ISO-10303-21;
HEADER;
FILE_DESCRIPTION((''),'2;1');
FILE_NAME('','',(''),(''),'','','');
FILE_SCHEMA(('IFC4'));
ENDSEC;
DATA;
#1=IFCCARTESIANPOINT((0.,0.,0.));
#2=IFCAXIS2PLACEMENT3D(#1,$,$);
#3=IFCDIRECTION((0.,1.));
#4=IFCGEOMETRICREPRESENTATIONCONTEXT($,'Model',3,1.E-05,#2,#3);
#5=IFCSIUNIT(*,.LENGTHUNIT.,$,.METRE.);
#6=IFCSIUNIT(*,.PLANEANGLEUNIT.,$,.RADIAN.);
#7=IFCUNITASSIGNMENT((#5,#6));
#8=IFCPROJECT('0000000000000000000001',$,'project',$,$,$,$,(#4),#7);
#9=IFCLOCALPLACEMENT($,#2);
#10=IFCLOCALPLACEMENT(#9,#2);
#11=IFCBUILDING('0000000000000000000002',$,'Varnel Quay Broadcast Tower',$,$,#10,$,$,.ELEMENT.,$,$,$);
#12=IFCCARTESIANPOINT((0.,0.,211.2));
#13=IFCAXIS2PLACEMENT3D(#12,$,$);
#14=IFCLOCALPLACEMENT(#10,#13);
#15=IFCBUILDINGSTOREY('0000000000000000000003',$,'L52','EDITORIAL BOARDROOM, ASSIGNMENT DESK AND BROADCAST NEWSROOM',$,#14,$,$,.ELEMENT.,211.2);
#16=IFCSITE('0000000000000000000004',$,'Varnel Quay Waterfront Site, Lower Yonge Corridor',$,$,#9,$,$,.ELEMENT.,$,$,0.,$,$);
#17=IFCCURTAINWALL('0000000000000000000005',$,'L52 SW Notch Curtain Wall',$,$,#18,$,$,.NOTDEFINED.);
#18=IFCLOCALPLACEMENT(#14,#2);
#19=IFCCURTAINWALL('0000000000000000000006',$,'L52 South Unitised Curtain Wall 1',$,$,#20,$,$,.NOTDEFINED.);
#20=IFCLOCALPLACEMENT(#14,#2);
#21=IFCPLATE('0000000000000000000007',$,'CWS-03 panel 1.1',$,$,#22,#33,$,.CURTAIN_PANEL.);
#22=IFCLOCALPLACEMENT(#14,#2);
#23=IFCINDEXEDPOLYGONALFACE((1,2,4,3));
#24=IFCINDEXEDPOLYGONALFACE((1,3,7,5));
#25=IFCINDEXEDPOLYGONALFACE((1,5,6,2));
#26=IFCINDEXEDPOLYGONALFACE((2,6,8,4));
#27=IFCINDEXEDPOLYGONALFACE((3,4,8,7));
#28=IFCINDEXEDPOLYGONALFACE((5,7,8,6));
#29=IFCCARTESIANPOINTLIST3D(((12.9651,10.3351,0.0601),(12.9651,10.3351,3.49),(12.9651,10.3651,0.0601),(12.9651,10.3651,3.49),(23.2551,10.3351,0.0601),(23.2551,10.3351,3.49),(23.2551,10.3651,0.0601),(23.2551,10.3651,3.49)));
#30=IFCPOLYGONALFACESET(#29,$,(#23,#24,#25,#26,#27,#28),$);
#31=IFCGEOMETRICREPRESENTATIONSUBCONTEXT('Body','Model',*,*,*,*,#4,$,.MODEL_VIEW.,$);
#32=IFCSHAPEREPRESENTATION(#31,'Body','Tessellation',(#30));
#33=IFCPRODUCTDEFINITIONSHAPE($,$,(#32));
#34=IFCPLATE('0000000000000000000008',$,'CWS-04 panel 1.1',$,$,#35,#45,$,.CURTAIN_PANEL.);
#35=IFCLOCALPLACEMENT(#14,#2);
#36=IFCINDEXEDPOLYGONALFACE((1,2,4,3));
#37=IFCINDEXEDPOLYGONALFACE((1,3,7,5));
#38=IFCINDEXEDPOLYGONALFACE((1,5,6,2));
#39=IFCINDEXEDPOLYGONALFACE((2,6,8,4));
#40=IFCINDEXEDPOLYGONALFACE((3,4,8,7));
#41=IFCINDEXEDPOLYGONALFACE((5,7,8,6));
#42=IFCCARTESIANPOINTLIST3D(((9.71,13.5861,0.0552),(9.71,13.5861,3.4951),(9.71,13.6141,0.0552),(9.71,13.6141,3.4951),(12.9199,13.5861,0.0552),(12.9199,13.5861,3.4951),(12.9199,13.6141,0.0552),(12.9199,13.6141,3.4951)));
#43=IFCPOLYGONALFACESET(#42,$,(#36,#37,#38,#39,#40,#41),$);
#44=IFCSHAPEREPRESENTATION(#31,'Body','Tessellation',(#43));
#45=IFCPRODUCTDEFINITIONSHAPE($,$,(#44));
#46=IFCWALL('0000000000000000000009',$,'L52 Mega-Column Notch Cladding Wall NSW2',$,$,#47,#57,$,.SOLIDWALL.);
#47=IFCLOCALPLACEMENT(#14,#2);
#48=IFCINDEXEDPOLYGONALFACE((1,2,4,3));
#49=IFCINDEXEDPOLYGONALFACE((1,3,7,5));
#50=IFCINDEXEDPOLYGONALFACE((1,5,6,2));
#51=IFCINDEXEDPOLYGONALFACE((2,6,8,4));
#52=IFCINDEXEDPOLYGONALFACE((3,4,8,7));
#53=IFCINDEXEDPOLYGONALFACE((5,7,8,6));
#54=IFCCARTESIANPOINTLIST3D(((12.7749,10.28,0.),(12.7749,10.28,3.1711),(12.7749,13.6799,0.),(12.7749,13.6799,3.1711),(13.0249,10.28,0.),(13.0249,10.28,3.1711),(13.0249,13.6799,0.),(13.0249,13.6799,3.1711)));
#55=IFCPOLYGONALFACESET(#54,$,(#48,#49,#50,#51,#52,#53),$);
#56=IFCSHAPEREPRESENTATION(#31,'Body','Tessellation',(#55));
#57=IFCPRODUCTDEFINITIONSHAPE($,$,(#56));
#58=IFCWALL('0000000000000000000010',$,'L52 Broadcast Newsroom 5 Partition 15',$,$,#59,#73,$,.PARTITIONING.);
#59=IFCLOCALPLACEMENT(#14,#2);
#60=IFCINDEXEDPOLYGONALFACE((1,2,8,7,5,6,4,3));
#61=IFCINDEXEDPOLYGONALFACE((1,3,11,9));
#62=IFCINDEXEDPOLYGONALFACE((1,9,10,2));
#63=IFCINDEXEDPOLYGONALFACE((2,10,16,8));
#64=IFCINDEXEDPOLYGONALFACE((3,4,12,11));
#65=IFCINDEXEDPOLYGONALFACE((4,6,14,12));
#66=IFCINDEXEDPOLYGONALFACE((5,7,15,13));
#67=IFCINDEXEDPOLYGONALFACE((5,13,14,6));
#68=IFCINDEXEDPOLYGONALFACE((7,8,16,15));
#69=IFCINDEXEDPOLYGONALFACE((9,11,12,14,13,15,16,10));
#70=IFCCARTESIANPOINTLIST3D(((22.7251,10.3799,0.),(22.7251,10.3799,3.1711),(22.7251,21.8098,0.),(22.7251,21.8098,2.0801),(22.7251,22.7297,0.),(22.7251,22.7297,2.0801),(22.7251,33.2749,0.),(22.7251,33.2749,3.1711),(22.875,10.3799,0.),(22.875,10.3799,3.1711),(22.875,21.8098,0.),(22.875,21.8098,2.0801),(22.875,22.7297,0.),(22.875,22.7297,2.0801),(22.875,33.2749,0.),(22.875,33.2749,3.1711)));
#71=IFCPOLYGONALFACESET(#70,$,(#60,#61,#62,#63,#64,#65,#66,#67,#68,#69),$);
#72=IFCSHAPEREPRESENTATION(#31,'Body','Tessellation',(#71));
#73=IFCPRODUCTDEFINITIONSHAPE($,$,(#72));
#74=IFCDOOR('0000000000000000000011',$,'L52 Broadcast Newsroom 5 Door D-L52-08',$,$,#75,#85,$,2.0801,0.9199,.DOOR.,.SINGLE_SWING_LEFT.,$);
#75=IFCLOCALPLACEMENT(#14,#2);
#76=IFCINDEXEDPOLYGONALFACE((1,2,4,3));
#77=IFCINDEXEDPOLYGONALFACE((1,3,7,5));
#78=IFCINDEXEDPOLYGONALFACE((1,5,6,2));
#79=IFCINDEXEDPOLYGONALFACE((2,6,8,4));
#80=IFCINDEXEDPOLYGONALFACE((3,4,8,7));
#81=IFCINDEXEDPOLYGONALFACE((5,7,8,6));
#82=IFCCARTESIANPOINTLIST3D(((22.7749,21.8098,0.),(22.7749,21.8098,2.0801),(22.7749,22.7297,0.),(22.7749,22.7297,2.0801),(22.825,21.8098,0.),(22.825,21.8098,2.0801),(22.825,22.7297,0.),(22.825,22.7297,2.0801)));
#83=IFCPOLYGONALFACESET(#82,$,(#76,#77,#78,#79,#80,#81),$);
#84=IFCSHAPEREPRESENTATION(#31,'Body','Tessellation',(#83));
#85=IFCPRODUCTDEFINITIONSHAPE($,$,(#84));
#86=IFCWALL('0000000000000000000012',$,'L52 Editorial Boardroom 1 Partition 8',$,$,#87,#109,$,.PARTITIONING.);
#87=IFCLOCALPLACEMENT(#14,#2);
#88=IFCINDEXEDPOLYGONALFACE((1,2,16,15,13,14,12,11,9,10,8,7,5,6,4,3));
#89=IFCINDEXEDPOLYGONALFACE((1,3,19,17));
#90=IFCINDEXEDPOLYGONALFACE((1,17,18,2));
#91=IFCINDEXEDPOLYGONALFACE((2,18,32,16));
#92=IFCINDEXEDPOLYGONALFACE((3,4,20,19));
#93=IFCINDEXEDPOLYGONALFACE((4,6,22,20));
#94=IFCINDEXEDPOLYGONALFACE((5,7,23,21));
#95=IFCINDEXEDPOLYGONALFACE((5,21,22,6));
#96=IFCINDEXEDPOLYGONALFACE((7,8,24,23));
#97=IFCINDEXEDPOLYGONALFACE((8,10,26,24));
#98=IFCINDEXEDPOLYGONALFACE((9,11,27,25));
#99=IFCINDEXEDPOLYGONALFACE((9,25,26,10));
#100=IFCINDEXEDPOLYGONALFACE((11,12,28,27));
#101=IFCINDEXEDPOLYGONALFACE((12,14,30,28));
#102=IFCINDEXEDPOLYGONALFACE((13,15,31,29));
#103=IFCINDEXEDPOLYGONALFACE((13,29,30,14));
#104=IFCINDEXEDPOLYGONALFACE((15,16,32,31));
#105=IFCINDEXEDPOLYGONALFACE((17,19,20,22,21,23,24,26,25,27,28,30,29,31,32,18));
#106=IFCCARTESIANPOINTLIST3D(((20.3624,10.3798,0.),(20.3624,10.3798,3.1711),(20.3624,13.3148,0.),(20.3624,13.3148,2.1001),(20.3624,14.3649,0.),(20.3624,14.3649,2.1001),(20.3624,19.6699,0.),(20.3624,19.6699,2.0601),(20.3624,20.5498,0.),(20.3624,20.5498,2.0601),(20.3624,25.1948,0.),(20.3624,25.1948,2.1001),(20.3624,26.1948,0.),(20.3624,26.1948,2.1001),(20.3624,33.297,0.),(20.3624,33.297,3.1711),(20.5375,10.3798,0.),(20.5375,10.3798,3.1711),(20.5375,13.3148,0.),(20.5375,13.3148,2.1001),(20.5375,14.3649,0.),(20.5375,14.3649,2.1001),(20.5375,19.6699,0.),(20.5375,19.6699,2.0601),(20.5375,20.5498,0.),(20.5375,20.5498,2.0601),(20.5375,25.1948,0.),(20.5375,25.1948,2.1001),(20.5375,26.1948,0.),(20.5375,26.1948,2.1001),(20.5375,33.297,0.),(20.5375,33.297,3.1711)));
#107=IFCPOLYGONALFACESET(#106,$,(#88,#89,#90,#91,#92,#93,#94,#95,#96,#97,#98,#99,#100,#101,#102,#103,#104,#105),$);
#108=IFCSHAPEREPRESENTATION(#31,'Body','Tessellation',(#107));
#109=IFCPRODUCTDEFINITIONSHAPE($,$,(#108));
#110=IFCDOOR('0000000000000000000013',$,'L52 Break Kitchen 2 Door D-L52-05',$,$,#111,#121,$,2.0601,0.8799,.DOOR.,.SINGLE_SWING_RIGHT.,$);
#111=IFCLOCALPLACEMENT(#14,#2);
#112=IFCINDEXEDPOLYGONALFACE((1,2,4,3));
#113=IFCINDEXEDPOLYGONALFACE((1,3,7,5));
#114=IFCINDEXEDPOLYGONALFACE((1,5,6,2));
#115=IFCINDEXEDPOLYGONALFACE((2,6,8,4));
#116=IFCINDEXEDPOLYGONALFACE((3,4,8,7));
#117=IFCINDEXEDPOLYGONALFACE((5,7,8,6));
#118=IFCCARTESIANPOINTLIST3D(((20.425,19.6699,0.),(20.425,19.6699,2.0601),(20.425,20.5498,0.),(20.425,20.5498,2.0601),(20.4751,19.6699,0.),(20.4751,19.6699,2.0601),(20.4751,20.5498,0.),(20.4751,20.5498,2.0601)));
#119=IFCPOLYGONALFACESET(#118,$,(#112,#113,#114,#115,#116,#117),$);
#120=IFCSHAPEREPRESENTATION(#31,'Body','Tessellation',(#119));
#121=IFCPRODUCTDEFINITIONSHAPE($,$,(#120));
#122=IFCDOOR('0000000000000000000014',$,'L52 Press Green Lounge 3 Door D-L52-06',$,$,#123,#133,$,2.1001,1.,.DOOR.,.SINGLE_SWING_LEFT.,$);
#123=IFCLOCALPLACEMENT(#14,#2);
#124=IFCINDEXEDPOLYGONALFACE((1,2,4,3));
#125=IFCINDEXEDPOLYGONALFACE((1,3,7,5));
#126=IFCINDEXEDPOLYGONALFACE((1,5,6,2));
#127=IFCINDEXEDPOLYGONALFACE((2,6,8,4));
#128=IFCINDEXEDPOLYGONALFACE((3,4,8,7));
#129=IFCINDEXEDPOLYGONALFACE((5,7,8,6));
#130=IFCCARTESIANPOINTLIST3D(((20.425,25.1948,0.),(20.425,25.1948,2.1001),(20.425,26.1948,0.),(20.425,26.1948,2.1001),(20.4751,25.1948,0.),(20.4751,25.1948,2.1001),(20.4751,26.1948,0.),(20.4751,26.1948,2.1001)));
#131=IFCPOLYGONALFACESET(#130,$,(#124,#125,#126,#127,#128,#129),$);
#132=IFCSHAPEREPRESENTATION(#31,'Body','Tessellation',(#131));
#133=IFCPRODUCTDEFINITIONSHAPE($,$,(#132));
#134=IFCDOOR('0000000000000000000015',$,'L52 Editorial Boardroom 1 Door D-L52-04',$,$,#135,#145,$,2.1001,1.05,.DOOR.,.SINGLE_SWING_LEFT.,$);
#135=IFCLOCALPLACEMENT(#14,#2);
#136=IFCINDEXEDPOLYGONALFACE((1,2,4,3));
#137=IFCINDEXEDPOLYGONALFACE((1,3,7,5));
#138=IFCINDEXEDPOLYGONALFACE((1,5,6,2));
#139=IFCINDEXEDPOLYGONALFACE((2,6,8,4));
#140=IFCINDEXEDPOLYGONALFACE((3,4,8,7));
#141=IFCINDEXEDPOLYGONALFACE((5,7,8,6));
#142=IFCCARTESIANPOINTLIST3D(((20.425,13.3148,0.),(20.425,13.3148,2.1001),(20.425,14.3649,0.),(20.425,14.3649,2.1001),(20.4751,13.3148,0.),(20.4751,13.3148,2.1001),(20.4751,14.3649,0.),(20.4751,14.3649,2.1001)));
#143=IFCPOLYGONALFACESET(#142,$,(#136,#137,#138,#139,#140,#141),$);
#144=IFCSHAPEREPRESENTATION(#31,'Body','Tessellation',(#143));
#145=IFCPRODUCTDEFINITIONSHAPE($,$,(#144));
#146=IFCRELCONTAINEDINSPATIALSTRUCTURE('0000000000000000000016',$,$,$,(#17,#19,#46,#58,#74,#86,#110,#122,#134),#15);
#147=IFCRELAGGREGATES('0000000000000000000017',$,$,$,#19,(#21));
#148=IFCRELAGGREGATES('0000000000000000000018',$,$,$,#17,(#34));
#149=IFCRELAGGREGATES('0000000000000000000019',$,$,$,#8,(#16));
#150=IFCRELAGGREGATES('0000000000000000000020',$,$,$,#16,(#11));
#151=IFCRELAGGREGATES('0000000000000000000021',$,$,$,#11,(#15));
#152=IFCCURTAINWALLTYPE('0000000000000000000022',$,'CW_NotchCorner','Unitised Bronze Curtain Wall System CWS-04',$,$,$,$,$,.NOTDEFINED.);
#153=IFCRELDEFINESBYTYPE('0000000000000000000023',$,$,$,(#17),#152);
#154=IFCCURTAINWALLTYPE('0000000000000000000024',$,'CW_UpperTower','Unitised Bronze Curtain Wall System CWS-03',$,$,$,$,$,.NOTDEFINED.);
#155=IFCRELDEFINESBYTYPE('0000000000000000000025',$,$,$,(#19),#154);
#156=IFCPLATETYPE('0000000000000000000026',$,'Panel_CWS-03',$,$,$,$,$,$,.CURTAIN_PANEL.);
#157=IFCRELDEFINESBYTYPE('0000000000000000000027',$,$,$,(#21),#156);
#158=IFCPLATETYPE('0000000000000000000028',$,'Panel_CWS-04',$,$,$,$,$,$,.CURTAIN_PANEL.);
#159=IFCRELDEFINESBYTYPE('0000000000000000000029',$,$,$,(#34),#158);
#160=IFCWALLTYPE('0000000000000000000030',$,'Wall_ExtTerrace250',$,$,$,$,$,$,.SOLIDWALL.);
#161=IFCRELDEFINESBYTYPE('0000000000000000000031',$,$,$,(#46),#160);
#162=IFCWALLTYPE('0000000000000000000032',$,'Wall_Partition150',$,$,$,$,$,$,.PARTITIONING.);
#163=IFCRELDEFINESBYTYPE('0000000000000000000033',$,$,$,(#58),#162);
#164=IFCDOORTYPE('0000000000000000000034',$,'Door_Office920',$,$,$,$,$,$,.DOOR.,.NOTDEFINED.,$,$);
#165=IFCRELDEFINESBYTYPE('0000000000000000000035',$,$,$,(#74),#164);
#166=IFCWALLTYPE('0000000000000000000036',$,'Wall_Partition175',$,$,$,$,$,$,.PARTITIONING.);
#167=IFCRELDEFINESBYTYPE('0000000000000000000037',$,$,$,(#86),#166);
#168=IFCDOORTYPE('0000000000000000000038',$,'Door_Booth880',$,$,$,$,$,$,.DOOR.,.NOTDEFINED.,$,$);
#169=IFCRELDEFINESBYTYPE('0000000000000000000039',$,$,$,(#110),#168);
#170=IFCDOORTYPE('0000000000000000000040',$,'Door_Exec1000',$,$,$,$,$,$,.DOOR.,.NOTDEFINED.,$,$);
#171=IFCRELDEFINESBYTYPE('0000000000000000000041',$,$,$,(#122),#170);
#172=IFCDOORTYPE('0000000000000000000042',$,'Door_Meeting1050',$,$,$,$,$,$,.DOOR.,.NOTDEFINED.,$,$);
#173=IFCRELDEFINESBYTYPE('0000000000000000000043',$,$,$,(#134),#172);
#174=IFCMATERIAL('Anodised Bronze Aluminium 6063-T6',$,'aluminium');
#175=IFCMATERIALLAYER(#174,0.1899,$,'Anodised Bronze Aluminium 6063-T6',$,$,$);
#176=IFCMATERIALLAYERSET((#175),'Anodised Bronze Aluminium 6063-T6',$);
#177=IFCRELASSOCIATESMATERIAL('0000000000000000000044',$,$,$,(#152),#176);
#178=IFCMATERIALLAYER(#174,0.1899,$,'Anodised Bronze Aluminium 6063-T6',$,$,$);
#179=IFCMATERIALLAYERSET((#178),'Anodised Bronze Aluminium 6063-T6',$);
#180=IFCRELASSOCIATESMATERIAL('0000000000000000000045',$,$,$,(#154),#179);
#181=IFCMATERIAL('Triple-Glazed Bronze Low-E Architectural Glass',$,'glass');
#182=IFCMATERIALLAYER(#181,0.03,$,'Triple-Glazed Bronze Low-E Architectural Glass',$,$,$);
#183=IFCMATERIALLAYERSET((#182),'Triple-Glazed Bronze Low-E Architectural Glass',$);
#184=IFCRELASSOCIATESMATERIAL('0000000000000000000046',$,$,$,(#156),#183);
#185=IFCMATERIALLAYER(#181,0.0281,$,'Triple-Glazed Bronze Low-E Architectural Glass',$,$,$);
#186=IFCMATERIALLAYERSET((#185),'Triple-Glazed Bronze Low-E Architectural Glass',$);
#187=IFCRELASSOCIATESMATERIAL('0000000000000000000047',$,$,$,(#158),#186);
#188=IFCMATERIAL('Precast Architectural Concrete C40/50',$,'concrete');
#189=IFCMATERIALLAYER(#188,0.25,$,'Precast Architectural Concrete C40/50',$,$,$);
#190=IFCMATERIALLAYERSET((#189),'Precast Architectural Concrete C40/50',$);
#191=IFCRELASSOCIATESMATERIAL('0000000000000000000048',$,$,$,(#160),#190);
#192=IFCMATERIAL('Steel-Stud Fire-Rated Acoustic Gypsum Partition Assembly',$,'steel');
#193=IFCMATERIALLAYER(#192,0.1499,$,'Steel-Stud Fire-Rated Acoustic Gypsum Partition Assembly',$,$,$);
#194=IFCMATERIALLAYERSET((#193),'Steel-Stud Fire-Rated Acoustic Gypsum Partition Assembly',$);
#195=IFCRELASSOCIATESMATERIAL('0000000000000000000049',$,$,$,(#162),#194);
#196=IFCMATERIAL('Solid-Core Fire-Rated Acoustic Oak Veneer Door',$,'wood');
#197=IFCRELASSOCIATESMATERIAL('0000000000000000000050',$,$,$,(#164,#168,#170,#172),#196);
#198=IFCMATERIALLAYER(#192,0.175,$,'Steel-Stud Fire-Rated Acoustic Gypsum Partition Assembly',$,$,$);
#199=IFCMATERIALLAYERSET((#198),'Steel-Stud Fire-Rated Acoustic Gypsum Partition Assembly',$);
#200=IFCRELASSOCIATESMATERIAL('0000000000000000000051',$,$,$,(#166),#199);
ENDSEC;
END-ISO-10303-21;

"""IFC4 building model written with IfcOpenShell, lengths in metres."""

from ifc_helpers import new_model, si_unit, direction, frame, frame_2d, origin, origin_2d, place, context, subcontext, project, spatial, rectangle, extrude, source, transform, mapped, material, layer, layer_set, type_object, type_shapes, element, fill, aggregate, save


model = new_model("IFC4")

# Units and contexts
model_context = context("Model", 3, precision=1e-05, world=origin(), true_north=direction((0.0, 1.0)))
body_context = subcontext(model_context, "Body", "Model", "MODEL_VIEW")
ifc_project = project(units=[si_unit("LENGTHUNIT", "METRE"), si_unit("PLANEANGLEUNIT", "RADIAN")], contexts=[model_context])

# Site, building, storey
site_placement = place(None, origin())
site = spatial("IfcSite", under=ifc_project, at=site_placement, Name="Varnel Quay Waterfront Site, Lower Yonge Corridor", CompositionType="ELEMENT", RefElevation=0.0)
building_placement = place(site_placement, origin())
building = spatial("IfcBuilding", under=site, at=building_placement, Name="Varnel Quay Broadcast Tower", CompositionType="ELEMENT")
storey_placement = place(building_placement, frame((0.0, 0.0, 211.2)))
storey = spatial("IfcBuildingStorey", under=building, at=storey_placement, Name="L52", Description="EDITORIAL BOARDROOM, ASSIGNMENT DESK AND BROADCAST NEWSROOM", CompositionType="ELEMENT", Elevation=211.2)

# Curtain wall
ifc_material_1 = material(Name="Anodised Bronze Aluminium 6063-T6", Category="aluminium")
ifc_layer_1 = layer(ifc_material_1, 0.1899, Name="Anodised Bronze Aluminium 6063-T6")
ifc_layer_set_1 = layer_set([ifc_layer_1], Name="Anodised Bronze Aluminium 6063-T6")
curtain_wall_type_1 = type_object("IfcCurtainWallType", Name="CW_NotchCorner", Description="Unitised Bronze Curtain Wall System CWS-04", PredefinedType="NOTDEFINED", material=ifc_layer_set_1)
curtain_wall_1_placement = place(storey_placement, origin())
curtain_wall_1 = element("IfcCurtainWall", 1, at=curtain_wall_1_placement, inside=storey, type_object=curtain_wall_type_1, Name="L52 SW Notch Curtain Wall", PredefinedType="NOTDEFINED")

# Curtain wall
ifc_layer_2 = layer(ifc_material_1, 0.1899, Name="Anodised Bronze Aluminium 6063-T6")
ifc_layer_set_2 = layer_set([ifc_layer_2], Name="Anodised Bronze Aluminium 6063-T6")
curtain_wall_type_2 = type_object("IfcCurtainWallType", Name="CW_UpperTower", Description="Unitised Bronze Curtain Wall System CWS-03", PredefinedType="NOTDEFINED", material=ifc_layer_set_2)
curtain_wall_2_placement = place(storey_placement, origin())
curtain_wall_2 = element("IfcCurtainWall", 2, at=curtain_wall_2_placement, inside=storey, type_object=curtain_wall_type_2, Name="L52 South Unitised Curtain Wall 1", PredefinedType="NOTDEFINED")

# Plates
ifc_material_2 = material(Name="Triple-Glazed Bronze Low-E Architectural Glass", Category="glass")
ifc_layer_3 = layer(ifc_material_2, 0.03, Name="Triple-Glazed Bronze Low-E Architectural Glass")
ifc_layer_set_3 = layer_set([ifc_layer_3], Name="Triple-Glazed Bronze Low-E Architectural Glass")
plate_type_1 = type_object("IfcPlateType", Name="Panel_CWS-03", PredefinedType="CURTAIN_PANEL", material=ifc_layer_set_3)
shared_shape_1 = source(origin(), body_context, "Body", "SweptSolid", [
    extrude(rectangle(XDim=10.29, YDim=0.03, at=origin_2d()), origin(), (0.0, 0.0, 1.0), 3.4299),
])
type_shapes(plate_type_1, [shared_shape_1])
plate_1_placement = place(storey_placement, frame((18.1101, 10.3501, 0.0601), z_axis=(0.0, 0.0, 1.0), x_axis=(1.0, 0.0, 0.0)))
plate_1 = element("IfcPlate", 3, at=plate_1_placement, type_object=plate_type_1, Name="CWS-03 panel 1.1", PredefinedType="CURTAIN_PANEL", context=body_context, shape_type="MappedRepresentation", body=[
    mapped(shared_shape_1, transform((0.0, 0.0, 0.0), x_axis=(1.0, 0.0, 0.0), y_axis=(0.0, 1.0, 0.0), z_axis=(0.0, 0.0, 1.0), scale=1.0)),
])
aggregate(curtain_wall_2, [plate_1])
ifc_layer_4 = layer(ifc_material_2, 0.0281, Name="Triple-Glazed Bronze Low-E Architectural Glass")
ifc_layer_set_4 = layer_set([ifc_layer_4], Name="Triple-Glazed Bronze Low-E Architectural Glass")
plate_type_2 = type_object("IfcPlateType", Name="Panel_CWS-04", PredefinedType="CURTAIN_PANEL", material=ifc_layer_set_4)
shared_shape_2 = source(origin(), body_context, "Body", "SweptSolid", [
    extrude(rectangle(XDim=3.21, YDim=0.0281, at=origin_2d()), origin(), (0.0, 0.0, 1.0), 3.4399),
])
type_shapes(plate_type_2, [shared_shape_2])
plate_2_placement = place(storey_placement, frame((11.3149, 13.6001, 0.0552), z_axis=(0.0, 0.0, 1.0), x_axis=(1.0, 0.0, 0.0)))
plate_2 = element("IfcPlate", 4, at=plate_2_placement, type_object=plate_type_2, Name="CWS-04 panel 1.1", PredefinedType="CURTAIN_PANEL", context=body_context, shape_type="MappedRepresentation", body=[
    mapped(shared_shape_2, transform((0.0, 0.0, 0.0), x_axis=(1.0, 0.0, 0.0), y_axis=(0.0, 1.0, 0.0), z_axis=(0.0, 0.0, 1.0), scale=1.0)),
])
aggregate(curtain_wall_1, [plate_2])

# Shared definitions
ifc_material_3 = material(Name="Precast Architectural Concrete C40/50", Category="concrete")
ifc_layer_5 = layer(ifc_material_3, 0.25, Name="Precast Architectural Concrete C40/50")
ifc_layer_set_5 = layer_set([ifc_layer_5], Name="Precast Architectural Concrete C40/50")
wall_type_1 = type_object("IfcWallType", Name="Wall_ExtTerrace250", PredefinedType="SOLIDWALL", material=ifc_layer_set_5)

# Wall
wall_1_placement = place(storey_placement, frame((12.8999, 10.28, 0.0), z_axis=(0.0, 0.0, 1.0), x_axis=(0.0, 1.0, 0.0)))
element("IfcWall", 5, at=wall_1_placement, inside=storey, type_object=wall_type_1, Name="L52 Mega-Column Notch Cladding Wall NSW2", PredefinedType="SOLIDWALL", context=body_context, shape_type="SweptSolid", body=[
    extrude(rectangle(XDim=3.3999, YDim=0.25, at=frame_2d((1.7, 0.0))), origin(), (0.0, 0.0, 1.0), 3.1711),
])

# Wall, opening, door
ifc_material_4 = material(Name="Steel-Stud Fire-Rated Acoustic Gypsum Partition Assembly", Category="steel")
ifc_layer_6 = layer(ifc_material_4, 0.1499, Name="Steel-Stud Fire-Rated Acoustic Gypsum Partition Assembly")
ifc_layer_set_6 = layer_set([ifc_layer_6], Name="Steel-Stud Fire-Rated Acoustic Gypsum Partition Assembly")
wall_type_2 = type_object("IfcWallType", Name="Wall_Partition150", PredefinedType="PARTITIONING", material=ifc_layer_set_6)
wall_2_placement = place(storey_placement, frame((22.8, 10.3799, 0.0), z_axis=(0.0, 0.0, 1.0), x_axis=(0.0, 1.0, 0.0)))
wall_2 = element("IfcWall", 6, at=wall_2_placement, inside=storey, type_object=wall_type_2, Name="L52 Broadcast Newsroom 5 Partition 15", PredefinedType="PARTITIONING", context=body_context, shape_type="SweptSolid", body=[
    extrude(rectangle(XDim=22.895, YDim=0.1499, at=frame_2d((11.4475, 0.0))), origin(), (0.0, 0.0, 1.0), 3.1711),
])
opening_1_placement = place(wall_2_placement, frame((11.4299, 0.0, 0.0)))
opening_1 = element("IfcOpeningElement", 7, at=opening_1_placement, cuts=wall_2, PredefinedType="OPENING", context=body_context, shape_type="SweptSolid", body=[
    extrude(rectangle(XDim=0.9199, YDim=2.0801, at=frame_2d((0.46, 1.04))), frame((0.0, 0.085, 0.0), z_axis=(0.0, -1.0, 0.0), x_axis=(1.0, 0.0, 0.0)), (0.0, 0.0, 1.0), 0.1699),
])
ifc_material_5 = material(Name="Solid-Core Fire-Rated Acoustic Oak Veneer Door", Category="wood")
door_type_1 = type_object("IfcDoorType", Name="Door_Office920", OperationType="NOTDEFINED", PredefinedType="DOOR", material=ifc_material_5)
shared_shape_3 = source(origin(), body_context, "Body", "SweptSolid", [
    extrude(rectangle(XDim=0.9199, YDim=2.0801, at=frame_2d((0.46, 1.04))), frame((0.0, 0.0249, 0.0), z_axis=(0.0, -1.0, 0.0), x_axis=(1.0, 0.0, 0.0)), (0.0, 0.0, 1.0), 0.05),
])
type_shapes(door_type_1, [shared_shape_3])
door_1_placement = place(opening_1_placement, frame((0.9199, 0.0, 0.0), z_axis=(0.0, 0.0, 1.0), x_axis=(-1.0, 0.0, 0.0)))
door_1 = element("IfcDoor", 8, at=door_1_placement, inside=storey, type_object=door_type_1, Name="L52 Broadcast Newsroom 5 Door D-L52-08", OperationType="SINGLE_SWING_LEFT", OverallHeight=2.0801, OverallWidth=0.9199, PredefinedType="DOOR", context=body_context, shape_type="MappedRepresentation", body=[
    mapped(shared_shape_3, transform((0.0, 0.0, 0.0), x_axis=(1.0, 0.0, 0.0), y_axis=(0.0, 1.0, 0.0), z_axis=(0.0, 0.0, 1.0), scale=1.0)),
])
fill(opening_1, door_1)

# Wall, openings, doors
ifc_layer_7 = layer(ifc_material_4, 0.175, Name="Steel-Stud Fire-Rated Acoustic Gypsum Partition Assembly")
ifc_layer_set_7 = layer_set([ifc_layer_7], Name="Steel-Stud Fire-Rated Acoustic Gypsum Partition Assembly")
wall_type_3 = type_object("IfcWallType", Name="Wall_Partition175", PredefinedType="PARTITIONING", material=ifc_layer_set_7)
wall_3_placement = place(storey_placement, frame((20.45, 10.3799, 0.0), z_axis=(0.0, 0.0, 1.0), x_axis=(0.0, 1.0, 0.0)))
wall_3 = element("IfcWall", 9, at=wall_3_placement, inside=storey, type_object=wall_type_3, Name="L52 Editorial Boardroom 1 Partition 8", PredefinedType="PARTITIONING", context=body_context, shape_type="SweptSolid", body=[
    extrude(rectangle(XDim=22.9172, YDim=0.175, at=frame_2d((11.4585, 0.0))), origin(), (0.0, 0.0, 1.0), 3.1711),
])
opening_2_placement = place(wall_3_placement, frame((2.9351, 0.0, 0.0)))
opening_2 = element("IfcOpeningElement", 10, at=opening_2_placement, cuts=wall_3, PredefinedType="OPENING", context=body_context, shape_type="SweptSolid", body=[
    extrude(rectangle(XDim=1.05, YDim=2.1001, at=frame_2d((0.5249, 1.05))), frame((0.0, 0.0977, 0.0), z_axis=(0.0, -1.0, 0.0), x_axis=(1.0, 0.0, 0.0)), (0.0, 0.0, 1.0), 0.1951),
])
opening_3_placement = place(wall_3_placement, frame((9.29, 0.0, 0.0)))
opening_3 = element("IfcOpeningElement", 11, at=opening_3_placement, cuts=wall_3, PredefinedType="OPENING", context=body_context, shape_type="SweptSolid", body=[
    extrude(rectangle(XDim=0.8799, YDim=2.0601, at=frame_2d((0.4399, 1.03))), frame((0.0, 0.0977, 0.0), z_axis=(0.0, -1.0, 0.0), x_axis=(1.0, 0.0, 0.0)), (0.0, 0.0, 1.0), 0.1951),
])
opening_4_placement = place(wall_3_placement, frame((14.8149, 0.0, 0.0)))
opening_4 = element("IfcOpeningElement", 12, at=opening_4_placement, cuts=wall_3, PredefinedType="OPENING", context=body_context, shape_type="SweptSolid", body=[
    extrude(rectangle(XDim=1.0, YDim=2.1001, at=frame_2d((0.5, 1.05))), frame((0.0, 0.0977, 0.0), z_axis=(0.0, -1.0, 0.0), x_axis=(1.0, 0.0, 0.0)), (0.0, 0.0, 1.0), 0.1951),
])
door_type_2 = type_object("IfcDoorType", Name="Door_Booth880", OperationType="NOTDEFINED", PredefinedType="DOOR", material=ifc_material_5)
shared_shape_4 = source(origin(), body_context, "Body", "SweptSolid", [
    extrude(rectangle(XDim=0.8799, YDim=2.0601, at=frame_2d((0.4399, 1.03))), frame((0.0, 0.0249, 0.0), z_axis=(0.0, -1.0, 0.0), x_axis=(1.0, 0.0, 0.0)), (0.0, 0.0, 1.0), 0.05),
])
type_shapes(door_type_2, [shared_shape_4])
door_2_placement = place(opening_3_placement, origin())
door_2 = element("IfcDoor", 13, at=door_2_placement, inside=storey, type_object=door_type_2, Name="L52 Break Kitchen 2 Door D-L52-05", OperationType="SINGLE_SWING_RIGHT", OverallHeight=2.0601, OverallWidth=0.8799, PredefinedType="DOOR", context=body_context, shape_type="MappedRepresentation", body=[
    mapped(shared_shape_4, transform((0.0, 0.0, 0.0), x_axis=(1.0, 0.0, 0.0), y_axis=(0.0, 1.0, 0.0), z_axis=(0.0, 0.0, 1.0), scale=1.0)),
])
fill(opening_3, door_2)
door_type_3 = type_object("IfcDoorType", Name="Door_Exec1000", OperationType="NOTDEFINED", PredefinedType="DOOR", material=ifc_material_5)
shared_shape_5 = source(origin(), body_context, "Body", "SweptSolid", [
    extrude(rectangle(XDim=1.0, YDim=2.1001, at=frame_2d((0.5, 1.05))), frame((0.0, 0.0249, 0.0), z_axis=(0.0, -1.0, 0.0), x_axis=(1.0, 0.0, 0.0)), (0.0, 0.0, 1.0), 0.05),
])
type_shapes(door_type_3, [shared_shape_5])
door_3_placement = place(opening_4_placement, origin())
door_3 = element("IfcDoor", 14, at=door_3_placement, inside=storey, type_object=door_type_3, Name="L52 Press Green Lounge 3 Door D-L52-06", OperationType="SINGLE_SWING_LEFT", OverallHeight=2.1001, OverallWidth=1.0, PredefinedType="DOOR", context=body_context, shape_type="MappedRepresentation", body=[
    mapped(shared_shape_5, transform((0.0, 0.0, 0.0), x_axis=(1.0, 0.0, 0.0), y_axis=(0.0, 1.0, 0.0), z_axis=(0.0, 0.0, 1.0), scale=1.0)),
])
fill(opening_4, door_3)
door_type_4 = type_object("IfcDoorType", Name="Door_Meeting1050", OperationType="NOTDEFINED", PredefinedType="DOOR", material=ifc_material_5)
shared_shape_6 = source(origin(), body_context, "Body", "SweptSolid", [
    extrude(rectangle(XDim=1.05, YDim=2.1001, at=frame_2d((0.5249, 1.05))), frame((0.0, 0.0249, 0.0), z_axis=(0.0, -1.0, 0.0), x_axis=(1.0, 0.0, 0.0)), (0.0, 0.0, 1.0), 0.05),
])
type_shapes(door_type_4, [shared_shape_6])
door_4_placement = place(opening_2_placement, origin())
door_4 = element("IfcDoor", 15, at=door_4_placement, inside=storey, type_object=door_type_4, Name="L52 Editorial Boardroom 1 Door D-L52-04", OperationType="SINGLE_SWING_LEFT", OverallHeight=2.1001, OverallWidth=1.05, PredefinedType="DOOR", context=body_context, shape_type="MappedRepresentation", body=[
    mapped(shared_shape_6, transform((0.0, 0.0, 0.0), x_axis=(1.0, 0.0, 0.0), y_axis=(0.0, 1.0, 0.0), z_axis=(0.0, 0.0, 1.0), scale=1.0)),
])
fill(opening_2, door_4)

save(model, "model.ifc")
